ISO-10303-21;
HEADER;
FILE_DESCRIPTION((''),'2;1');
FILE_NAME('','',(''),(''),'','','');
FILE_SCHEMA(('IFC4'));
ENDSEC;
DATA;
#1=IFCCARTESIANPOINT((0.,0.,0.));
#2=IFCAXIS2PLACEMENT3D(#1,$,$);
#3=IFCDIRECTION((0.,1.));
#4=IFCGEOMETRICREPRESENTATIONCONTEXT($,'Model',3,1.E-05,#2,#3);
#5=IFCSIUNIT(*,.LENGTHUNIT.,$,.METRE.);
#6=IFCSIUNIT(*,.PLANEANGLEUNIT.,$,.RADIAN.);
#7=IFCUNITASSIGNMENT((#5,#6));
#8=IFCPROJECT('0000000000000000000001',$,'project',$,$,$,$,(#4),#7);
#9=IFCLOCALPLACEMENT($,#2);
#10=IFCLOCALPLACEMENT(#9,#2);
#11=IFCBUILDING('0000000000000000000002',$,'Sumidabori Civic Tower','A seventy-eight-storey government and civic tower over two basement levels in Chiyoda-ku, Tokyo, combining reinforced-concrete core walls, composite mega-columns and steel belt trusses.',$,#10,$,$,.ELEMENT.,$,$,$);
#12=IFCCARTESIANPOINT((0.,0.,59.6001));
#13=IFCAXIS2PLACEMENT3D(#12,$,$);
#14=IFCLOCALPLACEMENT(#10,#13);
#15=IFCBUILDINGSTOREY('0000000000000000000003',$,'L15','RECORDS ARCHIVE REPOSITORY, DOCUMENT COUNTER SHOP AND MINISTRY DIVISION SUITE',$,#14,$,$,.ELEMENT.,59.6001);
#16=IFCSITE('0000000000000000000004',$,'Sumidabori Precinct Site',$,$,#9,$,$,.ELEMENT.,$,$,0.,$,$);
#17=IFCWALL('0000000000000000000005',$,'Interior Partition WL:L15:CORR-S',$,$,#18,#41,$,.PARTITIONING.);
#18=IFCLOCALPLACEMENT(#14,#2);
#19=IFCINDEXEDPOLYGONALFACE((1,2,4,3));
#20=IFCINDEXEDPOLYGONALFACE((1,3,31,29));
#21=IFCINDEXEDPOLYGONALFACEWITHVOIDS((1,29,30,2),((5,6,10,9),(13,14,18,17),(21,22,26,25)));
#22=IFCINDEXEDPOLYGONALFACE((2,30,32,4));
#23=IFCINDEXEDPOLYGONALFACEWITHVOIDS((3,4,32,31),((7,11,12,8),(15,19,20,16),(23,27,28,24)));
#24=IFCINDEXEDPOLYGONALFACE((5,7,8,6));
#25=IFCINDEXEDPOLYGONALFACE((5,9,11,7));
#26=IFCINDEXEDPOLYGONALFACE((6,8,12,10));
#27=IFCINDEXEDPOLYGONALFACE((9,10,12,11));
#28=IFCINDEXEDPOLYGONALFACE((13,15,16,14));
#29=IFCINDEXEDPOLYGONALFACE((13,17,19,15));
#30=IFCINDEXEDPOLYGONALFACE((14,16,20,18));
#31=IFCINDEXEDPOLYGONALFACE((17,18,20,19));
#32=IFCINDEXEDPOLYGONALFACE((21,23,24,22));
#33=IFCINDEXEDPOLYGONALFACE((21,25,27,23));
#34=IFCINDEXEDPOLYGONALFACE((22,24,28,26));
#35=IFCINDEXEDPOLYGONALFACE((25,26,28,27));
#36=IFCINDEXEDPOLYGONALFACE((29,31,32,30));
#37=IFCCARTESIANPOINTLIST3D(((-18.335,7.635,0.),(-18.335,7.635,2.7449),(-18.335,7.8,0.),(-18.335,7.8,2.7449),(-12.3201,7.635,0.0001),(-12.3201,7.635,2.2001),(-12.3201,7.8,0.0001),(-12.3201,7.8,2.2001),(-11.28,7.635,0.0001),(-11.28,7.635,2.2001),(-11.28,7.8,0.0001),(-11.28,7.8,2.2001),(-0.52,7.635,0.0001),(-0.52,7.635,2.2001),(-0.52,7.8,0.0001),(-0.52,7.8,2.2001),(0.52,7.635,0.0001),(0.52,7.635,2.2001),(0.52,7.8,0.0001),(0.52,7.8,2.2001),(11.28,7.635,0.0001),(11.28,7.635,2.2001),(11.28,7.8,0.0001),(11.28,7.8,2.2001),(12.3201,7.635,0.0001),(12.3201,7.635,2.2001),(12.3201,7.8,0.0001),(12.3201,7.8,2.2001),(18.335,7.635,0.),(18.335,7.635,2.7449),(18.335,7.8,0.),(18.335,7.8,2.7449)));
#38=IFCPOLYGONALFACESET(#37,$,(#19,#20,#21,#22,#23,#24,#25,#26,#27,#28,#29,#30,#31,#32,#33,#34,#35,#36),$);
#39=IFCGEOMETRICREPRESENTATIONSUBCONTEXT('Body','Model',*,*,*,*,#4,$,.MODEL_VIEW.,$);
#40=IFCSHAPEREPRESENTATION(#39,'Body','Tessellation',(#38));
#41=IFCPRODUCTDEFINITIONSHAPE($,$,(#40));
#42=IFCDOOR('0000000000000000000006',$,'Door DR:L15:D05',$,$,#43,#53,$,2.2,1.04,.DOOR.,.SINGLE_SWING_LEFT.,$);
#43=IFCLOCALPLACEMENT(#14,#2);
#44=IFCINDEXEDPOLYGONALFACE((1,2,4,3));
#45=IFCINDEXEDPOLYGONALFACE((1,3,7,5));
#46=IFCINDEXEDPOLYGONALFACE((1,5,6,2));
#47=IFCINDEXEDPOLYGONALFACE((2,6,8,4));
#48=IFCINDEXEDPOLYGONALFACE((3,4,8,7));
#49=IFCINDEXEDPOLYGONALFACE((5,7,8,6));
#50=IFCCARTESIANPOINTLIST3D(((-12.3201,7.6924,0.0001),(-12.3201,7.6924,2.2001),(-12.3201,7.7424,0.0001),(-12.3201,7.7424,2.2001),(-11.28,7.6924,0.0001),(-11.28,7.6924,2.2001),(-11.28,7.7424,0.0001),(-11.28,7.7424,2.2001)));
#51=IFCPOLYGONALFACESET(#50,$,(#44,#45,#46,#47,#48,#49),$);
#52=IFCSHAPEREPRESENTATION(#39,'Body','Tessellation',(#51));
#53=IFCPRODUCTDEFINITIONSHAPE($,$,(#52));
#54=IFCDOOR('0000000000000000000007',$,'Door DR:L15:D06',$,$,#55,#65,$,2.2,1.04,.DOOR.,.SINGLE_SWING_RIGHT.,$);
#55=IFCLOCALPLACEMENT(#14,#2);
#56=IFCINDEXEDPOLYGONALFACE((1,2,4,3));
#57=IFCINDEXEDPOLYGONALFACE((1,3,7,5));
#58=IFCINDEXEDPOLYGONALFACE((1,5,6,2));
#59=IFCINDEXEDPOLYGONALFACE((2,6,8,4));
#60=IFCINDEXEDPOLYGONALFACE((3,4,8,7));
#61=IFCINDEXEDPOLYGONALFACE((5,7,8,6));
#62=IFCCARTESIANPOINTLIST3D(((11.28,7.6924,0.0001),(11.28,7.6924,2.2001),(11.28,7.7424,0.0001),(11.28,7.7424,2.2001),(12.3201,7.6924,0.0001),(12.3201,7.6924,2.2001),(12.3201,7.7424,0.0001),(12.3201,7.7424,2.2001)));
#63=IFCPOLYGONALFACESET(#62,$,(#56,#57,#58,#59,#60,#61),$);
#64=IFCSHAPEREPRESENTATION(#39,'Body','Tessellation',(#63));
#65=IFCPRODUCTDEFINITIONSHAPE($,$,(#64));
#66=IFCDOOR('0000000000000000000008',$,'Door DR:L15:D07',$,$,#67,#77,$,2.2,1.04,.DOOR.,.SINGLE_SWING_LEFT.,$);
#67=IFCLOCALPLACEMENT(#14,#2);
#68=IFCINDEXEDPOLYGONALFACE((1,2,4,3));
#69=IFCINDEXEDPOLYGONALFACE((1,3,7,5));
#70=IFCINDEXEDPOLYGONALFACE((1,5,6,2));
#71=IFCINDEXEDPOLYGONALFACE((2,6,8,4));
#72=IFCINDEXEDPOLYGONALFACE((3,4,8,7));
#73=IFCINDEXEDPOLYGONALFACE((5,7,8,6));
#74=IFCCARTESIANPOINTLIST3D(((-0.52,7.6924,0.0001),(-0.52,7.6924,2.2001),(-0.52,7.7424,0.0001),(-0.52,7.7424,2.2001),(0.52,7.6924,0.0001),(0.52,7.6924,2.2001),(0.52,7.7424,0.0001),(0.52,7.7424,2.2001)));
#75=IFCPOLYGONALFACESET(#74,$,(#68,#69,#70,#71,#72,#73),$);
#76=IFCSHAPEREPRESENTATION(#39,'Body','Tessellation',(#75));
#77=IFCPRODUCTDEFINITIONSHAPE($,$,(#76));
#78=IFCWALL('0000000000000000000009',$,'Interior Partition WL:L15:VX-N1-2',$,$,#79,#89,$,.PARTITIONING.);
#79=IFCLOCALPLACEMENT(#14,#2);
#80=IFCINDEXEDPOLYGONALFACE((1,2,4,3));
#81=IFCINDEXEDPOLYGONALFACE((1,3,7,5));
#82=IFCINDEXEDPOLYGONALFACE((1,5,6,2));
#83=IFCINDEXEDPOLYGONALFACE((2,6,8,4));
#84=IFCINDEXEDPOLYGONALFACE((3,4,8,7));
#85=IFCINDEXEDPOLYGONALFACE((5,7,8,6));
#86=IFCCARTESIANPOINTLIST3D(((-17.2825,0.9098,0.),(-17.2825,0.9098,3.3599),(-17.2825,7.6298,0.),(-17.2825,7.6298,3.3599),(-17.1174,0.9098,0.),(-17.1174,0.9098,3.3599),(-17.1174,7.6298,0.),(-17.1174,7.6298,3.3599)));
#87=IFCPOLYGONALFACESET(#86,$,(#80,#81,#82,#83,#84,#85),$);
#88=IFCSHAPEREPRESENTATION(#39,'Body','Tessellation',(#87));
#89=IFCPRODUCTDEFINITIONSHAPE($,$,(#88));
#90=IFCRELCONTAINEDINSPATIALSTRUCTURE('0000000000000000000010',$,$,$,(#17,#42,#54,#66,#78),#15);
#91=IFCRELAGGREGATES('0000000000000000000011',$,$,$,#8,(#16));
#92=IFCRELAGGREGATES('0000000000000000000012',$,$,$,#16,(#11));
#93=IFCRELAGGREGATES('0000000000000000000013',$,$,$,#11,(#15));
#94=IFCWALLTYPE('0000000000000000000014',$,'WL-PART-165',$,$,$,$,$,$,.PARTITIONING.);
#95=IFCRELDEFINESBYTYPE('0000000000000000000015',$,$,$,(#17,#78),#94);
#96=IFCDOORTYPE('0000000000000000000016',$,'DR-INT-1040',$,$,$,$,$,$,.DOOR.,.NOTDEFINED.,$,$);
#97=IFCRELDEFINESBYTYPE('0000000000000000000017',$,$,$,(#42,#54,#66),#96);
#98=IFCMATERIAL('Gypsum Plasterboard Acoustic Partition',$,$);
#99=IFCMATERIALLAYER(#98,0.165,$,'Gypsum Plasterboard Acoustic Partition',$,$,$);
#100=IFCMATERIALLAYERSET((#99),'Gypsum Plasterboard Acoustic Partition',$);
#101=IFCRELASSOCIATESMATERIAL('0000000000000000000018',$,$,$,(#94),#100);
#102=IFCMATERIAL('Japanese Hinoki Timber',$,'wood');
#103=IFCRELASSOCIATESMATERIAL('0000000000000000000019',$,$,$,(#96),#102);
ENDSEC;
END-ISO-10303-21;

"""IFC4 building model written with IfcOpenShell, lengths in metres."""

from ifc_helpers import new_model, si_unit, direction, frame, frame_2d, origin, place, context, subcontext, project, spatial, rectangle, extrude, source, transform, mapped, material, layer, layer_set, type_object, element, fill, save


model = new_model("IFC4")

# Units and contexts
model_context = context("Model", 3, precision=1e-05, world=origin(), true_north=direction((0.0, 1.0)))
body_context = subcontext(model_context, "Body", "Model", "MODEL_VIEW")
ifc_project = project(units=[si_unit("LENGTHUNIT", "METRE"), si_unit("PLANEANGLEUNIT", "RADIAN")], contexts=[model_context])

# Site, building, storey
site_placement = place(None, origin())
site = spatial("IfcSite", under=ifc_project, at=site_placement, Name="Sumidabori Precinct Site", CompositionType="ELEMENT", RefElevation=0.0)
building_placement = place(site_placement, origin())
building = spatial("IfcBuilding", under=site, at=building_placement, Name="Sumidabori Civic Tower", Description="A seventy-eight-storey government and civic tower over two basement levels in Chiyoda-ku, Tokyo, combining reinforced-concrete core walls, composite mega-columns and steel belt trusses.", CompositionType="ELEMENT")
storey_placement = place(building_placement, frame((0.0, 0.0, 59.6001)))
storey = spatial("IfcBuildingStorey", under=building, at=storey_placement, Name="L15", Description="RECORDS ARCHIVE REPOSITORY, DOCUMENT COUNTER SHOP AND MINISTRY DIVISION SUITE", CompositionType="ELEMENT", Elevation=59.6001)

# Shared definitions
ifc_material_1 = material(Name="Gypsum Plasterboard Acoustic Partition")
ifc_layer_1 = layer(ifc_material_1, 0.165, Name="Gypsum Plasterboard Acoustic Partition")
ifc_layer_set_1 = layer_set([ifc_layer_1], Name="Gypsum Plasterboard Acoustic Partition")
wall_type_1 = type_object("IfcWallType", Name="WL-PART-165", PredefinedType="PARTITIONING", material=ifc_layer_set_1)
ifc_material_2 = material(Name="Japanese Hinoki Timber", Category="wood")
door_type_1 = type_object("IfcDoorType", Name="DR-INT-1040", OperationType="NOTDEFINED", PredefinedType="DOOR", material=ifc_material_2)
shared_shape_1 = source(origin(), body_context, "Body", "SweptSolid", [
    extrude(rectangle(XDim=1.04, YDim=2.2, at=frame_2d((0.52, 1.1001))), frame((0.0, 0.0249, 0.0), z_axis=(0.0, -1.0, 0.0), x_axis=(1.0, 0.0, 0.0)), (0.0, 0.0, 1.0), 0.05),
])

# Wall, openings, doors
shared_shape_2 = source(origin(), body_context, "Body", "SweptSolid", [
    extrude(rectangle(XDim=36.6699, YDim=0.165, at=frame_2d((18.335, 0.0))), origin(), (0.0, 0.0, 1.0), 2.7449),
])
wall_1_placement = place(storey_placement, frame((-18.335, 7.7175, 0.0), z_axis=(0.0, 0.0, 1.0), x_axis=(1.0, 0.0, 0.0)))
wall_1 = element("IfcWall", 1, at=wall_1_placement, inside=storey, type_object=wall_type_1, Name="Interior Partition WL:L15:CORR-S", PredefinedType="PARTITIONING", context=body_context, shape_type="MappedRepresentation", body=[
    mapped(shared_shape_2, transform((0.0, 0.0, 0.0), x_axis=(1.0, 0.0, 0.0), y_axis=(0.0, 1.0, 0.0), z_axis=(0.0, 0.0, 1.0), scale=1.0)),
])
opening_1_placement = place(wall_1_placement, frame((6.0149, 0.0, 0.0)))
opening_1 = element("IfcOpeningElement", 2, at=opening_1_placement, cuts=wall_1, PredefinedType="OPENING", context=body_context, shape_type="SweptSolid", body=[
    extrude(rectangle(XDim=1.04, YDim=2.2, at=frame_2d((0.52, 1.1001))), frame((0.0, 0.0945, 0.0), z_axis=(0.0, -1.0, 0.0), x_axis=(1.0, 0.0, 0.0)), (0.0, 0.0, 1.0), 0.189),
])
opening_2_placement = place(wall_1_placement, frame((29.615, 0.0, 0.0)))
opening_2 = element("IfcOpeningElement", 3, at=opening_2_placement, cuts=wall_1, PredefinedType="OPENING", context=body_context, shape_type="SweptSolid", body=[
    extrude(rectangle(XDim=1.04, YDim=2.2, at=frame_2d((0.52, 1.1001))), frame((0.0, 0.0945, 0.0), z_axis=(0.0, -1.0, 0.0), x_axis=(1.0, 0.0, 0.0)), (0.0, 0.0, 1.0), 0.189),
])
opening_3_placement = place(wall_1_placement, frame((17.8149, 0.0, 0.0)))
opening_3 = element("IfcOpeningElement", 4, at=opening_3_placement, cuts=wall_1, PredefinedType="OPENING", context=body_context, shape_type="SweptSolid", body=[
    extrude(rectangle(XDim=1.04, YDim=2.2, at=frame_2d((0.52, 1.1001))), frame((0.0, 0.0945, 0.0), z_axis=(0.0, -1.0, 0.0), x_axis=(1.0, 0.0, 0.0)), (0.0, 0.0, 1.0), 0.189),
])
door_1_placement = place(opening_1_placement, origin())
door_1 = element("IfcDoor", 5, at=door_1_placement, inside=storey, type_object=door_type_1, Name="Door DR:L15:D05", OperationType="SINGLE_SWING_LEFT", OverallHeight=2.2, OverallWidth=1.04, PredefinedType="DOOR", context=body_context, shape_type="MappedRepresentation", body=[
    mapped(shared_shape_1, transform((0.0, 0.0, 0.0), x_axis=(1.0, 0.0, 0.0), y_axis=(0.0, 1.0, 0.0), z_axis=(0.0, 0.0, 1.0), scale=1.0)),
])
fill(opening_1, door_1)
door_2_placement = place(opening_2_placement, origin())
door_2 = element("IfcDoor", 6, at=door_2_placement, inside=storey, type_object=door_type_1, Name="Door DR:L15:D06", OperationType="SINGLE_SWING_RIGHT", OverallHeight=2.2, OverallWidth=1.04, PredefinedType="DOOR", context=body_context, shape_type="MappedRepresentation", body=[
    mapped(shared_shape_1, transform((0.0, 0.0, 0.0), x_axis=(1.0, 0.0, 0.0), y_axis=(0.0, 1.0, 0.0), z_axis=(0.0, 0.0, 1.0), scale=1.0)),
])
fill(opening_2, door_2)
door_3_placement = place(opening_3_placement, origin())
door_3 = element("IfcDoor", 7, at=door_3_placement, inside=storey, type_object=door_type_1, Name="Door DR:L15:D07", OperationType="SINGLE_SWING_LEFT", OverallHeight=2.2, OverallWidth=1.04, PredefinedType="DOOR", context=body_context, shape_type="MappedRepresentation", body=[
    mapped(shared_shape_1, transform((0.0, 0.0, 0.0), x_axis=(1.0, 0.0, 0.0), y_axis=(0.0, 1.0, 0.0), z_axis=(0.0, 0.0, 1.0), scale=1.0)),
])
fill(opening_3, door_3)

# Wall
shared_shape_3 = source(origin(), body_context, "Body", "SweptSolid", [
    extrude(rectangle(XDim=6.72, YDim=0.165, at=frame_2d((3.3599, 0.0))), origin(), (0.0, 0.0, 1.0), 3.3599),
])
wall_2_placement = place(storey_placement, frame((-17.2, 0.9099, 0.0), z_axis=(0.0, 0.0, 1.0), x_axis=(0.0, 1.0, 0.0)))
element("IfcWall", 8, at=wall_2_placement, inside=storey, type_object=wall_type_1, Name="Interior Partition WL:L15:VX-N1-2", PredefinedType="PARTITIONING", context=body_context, shape_type="MappedRepresentation", body=[
    mapped(shared_shape_3, transform((0.0, 0.0, 0.0), x_axis=(1.0, 0.0, 0.0), y_axis=(0.0, 1.0, 0.0), z_axis=(0.0, 0.0, 1.0), scale=1.0)),
])

save(model, "model.ifc")
